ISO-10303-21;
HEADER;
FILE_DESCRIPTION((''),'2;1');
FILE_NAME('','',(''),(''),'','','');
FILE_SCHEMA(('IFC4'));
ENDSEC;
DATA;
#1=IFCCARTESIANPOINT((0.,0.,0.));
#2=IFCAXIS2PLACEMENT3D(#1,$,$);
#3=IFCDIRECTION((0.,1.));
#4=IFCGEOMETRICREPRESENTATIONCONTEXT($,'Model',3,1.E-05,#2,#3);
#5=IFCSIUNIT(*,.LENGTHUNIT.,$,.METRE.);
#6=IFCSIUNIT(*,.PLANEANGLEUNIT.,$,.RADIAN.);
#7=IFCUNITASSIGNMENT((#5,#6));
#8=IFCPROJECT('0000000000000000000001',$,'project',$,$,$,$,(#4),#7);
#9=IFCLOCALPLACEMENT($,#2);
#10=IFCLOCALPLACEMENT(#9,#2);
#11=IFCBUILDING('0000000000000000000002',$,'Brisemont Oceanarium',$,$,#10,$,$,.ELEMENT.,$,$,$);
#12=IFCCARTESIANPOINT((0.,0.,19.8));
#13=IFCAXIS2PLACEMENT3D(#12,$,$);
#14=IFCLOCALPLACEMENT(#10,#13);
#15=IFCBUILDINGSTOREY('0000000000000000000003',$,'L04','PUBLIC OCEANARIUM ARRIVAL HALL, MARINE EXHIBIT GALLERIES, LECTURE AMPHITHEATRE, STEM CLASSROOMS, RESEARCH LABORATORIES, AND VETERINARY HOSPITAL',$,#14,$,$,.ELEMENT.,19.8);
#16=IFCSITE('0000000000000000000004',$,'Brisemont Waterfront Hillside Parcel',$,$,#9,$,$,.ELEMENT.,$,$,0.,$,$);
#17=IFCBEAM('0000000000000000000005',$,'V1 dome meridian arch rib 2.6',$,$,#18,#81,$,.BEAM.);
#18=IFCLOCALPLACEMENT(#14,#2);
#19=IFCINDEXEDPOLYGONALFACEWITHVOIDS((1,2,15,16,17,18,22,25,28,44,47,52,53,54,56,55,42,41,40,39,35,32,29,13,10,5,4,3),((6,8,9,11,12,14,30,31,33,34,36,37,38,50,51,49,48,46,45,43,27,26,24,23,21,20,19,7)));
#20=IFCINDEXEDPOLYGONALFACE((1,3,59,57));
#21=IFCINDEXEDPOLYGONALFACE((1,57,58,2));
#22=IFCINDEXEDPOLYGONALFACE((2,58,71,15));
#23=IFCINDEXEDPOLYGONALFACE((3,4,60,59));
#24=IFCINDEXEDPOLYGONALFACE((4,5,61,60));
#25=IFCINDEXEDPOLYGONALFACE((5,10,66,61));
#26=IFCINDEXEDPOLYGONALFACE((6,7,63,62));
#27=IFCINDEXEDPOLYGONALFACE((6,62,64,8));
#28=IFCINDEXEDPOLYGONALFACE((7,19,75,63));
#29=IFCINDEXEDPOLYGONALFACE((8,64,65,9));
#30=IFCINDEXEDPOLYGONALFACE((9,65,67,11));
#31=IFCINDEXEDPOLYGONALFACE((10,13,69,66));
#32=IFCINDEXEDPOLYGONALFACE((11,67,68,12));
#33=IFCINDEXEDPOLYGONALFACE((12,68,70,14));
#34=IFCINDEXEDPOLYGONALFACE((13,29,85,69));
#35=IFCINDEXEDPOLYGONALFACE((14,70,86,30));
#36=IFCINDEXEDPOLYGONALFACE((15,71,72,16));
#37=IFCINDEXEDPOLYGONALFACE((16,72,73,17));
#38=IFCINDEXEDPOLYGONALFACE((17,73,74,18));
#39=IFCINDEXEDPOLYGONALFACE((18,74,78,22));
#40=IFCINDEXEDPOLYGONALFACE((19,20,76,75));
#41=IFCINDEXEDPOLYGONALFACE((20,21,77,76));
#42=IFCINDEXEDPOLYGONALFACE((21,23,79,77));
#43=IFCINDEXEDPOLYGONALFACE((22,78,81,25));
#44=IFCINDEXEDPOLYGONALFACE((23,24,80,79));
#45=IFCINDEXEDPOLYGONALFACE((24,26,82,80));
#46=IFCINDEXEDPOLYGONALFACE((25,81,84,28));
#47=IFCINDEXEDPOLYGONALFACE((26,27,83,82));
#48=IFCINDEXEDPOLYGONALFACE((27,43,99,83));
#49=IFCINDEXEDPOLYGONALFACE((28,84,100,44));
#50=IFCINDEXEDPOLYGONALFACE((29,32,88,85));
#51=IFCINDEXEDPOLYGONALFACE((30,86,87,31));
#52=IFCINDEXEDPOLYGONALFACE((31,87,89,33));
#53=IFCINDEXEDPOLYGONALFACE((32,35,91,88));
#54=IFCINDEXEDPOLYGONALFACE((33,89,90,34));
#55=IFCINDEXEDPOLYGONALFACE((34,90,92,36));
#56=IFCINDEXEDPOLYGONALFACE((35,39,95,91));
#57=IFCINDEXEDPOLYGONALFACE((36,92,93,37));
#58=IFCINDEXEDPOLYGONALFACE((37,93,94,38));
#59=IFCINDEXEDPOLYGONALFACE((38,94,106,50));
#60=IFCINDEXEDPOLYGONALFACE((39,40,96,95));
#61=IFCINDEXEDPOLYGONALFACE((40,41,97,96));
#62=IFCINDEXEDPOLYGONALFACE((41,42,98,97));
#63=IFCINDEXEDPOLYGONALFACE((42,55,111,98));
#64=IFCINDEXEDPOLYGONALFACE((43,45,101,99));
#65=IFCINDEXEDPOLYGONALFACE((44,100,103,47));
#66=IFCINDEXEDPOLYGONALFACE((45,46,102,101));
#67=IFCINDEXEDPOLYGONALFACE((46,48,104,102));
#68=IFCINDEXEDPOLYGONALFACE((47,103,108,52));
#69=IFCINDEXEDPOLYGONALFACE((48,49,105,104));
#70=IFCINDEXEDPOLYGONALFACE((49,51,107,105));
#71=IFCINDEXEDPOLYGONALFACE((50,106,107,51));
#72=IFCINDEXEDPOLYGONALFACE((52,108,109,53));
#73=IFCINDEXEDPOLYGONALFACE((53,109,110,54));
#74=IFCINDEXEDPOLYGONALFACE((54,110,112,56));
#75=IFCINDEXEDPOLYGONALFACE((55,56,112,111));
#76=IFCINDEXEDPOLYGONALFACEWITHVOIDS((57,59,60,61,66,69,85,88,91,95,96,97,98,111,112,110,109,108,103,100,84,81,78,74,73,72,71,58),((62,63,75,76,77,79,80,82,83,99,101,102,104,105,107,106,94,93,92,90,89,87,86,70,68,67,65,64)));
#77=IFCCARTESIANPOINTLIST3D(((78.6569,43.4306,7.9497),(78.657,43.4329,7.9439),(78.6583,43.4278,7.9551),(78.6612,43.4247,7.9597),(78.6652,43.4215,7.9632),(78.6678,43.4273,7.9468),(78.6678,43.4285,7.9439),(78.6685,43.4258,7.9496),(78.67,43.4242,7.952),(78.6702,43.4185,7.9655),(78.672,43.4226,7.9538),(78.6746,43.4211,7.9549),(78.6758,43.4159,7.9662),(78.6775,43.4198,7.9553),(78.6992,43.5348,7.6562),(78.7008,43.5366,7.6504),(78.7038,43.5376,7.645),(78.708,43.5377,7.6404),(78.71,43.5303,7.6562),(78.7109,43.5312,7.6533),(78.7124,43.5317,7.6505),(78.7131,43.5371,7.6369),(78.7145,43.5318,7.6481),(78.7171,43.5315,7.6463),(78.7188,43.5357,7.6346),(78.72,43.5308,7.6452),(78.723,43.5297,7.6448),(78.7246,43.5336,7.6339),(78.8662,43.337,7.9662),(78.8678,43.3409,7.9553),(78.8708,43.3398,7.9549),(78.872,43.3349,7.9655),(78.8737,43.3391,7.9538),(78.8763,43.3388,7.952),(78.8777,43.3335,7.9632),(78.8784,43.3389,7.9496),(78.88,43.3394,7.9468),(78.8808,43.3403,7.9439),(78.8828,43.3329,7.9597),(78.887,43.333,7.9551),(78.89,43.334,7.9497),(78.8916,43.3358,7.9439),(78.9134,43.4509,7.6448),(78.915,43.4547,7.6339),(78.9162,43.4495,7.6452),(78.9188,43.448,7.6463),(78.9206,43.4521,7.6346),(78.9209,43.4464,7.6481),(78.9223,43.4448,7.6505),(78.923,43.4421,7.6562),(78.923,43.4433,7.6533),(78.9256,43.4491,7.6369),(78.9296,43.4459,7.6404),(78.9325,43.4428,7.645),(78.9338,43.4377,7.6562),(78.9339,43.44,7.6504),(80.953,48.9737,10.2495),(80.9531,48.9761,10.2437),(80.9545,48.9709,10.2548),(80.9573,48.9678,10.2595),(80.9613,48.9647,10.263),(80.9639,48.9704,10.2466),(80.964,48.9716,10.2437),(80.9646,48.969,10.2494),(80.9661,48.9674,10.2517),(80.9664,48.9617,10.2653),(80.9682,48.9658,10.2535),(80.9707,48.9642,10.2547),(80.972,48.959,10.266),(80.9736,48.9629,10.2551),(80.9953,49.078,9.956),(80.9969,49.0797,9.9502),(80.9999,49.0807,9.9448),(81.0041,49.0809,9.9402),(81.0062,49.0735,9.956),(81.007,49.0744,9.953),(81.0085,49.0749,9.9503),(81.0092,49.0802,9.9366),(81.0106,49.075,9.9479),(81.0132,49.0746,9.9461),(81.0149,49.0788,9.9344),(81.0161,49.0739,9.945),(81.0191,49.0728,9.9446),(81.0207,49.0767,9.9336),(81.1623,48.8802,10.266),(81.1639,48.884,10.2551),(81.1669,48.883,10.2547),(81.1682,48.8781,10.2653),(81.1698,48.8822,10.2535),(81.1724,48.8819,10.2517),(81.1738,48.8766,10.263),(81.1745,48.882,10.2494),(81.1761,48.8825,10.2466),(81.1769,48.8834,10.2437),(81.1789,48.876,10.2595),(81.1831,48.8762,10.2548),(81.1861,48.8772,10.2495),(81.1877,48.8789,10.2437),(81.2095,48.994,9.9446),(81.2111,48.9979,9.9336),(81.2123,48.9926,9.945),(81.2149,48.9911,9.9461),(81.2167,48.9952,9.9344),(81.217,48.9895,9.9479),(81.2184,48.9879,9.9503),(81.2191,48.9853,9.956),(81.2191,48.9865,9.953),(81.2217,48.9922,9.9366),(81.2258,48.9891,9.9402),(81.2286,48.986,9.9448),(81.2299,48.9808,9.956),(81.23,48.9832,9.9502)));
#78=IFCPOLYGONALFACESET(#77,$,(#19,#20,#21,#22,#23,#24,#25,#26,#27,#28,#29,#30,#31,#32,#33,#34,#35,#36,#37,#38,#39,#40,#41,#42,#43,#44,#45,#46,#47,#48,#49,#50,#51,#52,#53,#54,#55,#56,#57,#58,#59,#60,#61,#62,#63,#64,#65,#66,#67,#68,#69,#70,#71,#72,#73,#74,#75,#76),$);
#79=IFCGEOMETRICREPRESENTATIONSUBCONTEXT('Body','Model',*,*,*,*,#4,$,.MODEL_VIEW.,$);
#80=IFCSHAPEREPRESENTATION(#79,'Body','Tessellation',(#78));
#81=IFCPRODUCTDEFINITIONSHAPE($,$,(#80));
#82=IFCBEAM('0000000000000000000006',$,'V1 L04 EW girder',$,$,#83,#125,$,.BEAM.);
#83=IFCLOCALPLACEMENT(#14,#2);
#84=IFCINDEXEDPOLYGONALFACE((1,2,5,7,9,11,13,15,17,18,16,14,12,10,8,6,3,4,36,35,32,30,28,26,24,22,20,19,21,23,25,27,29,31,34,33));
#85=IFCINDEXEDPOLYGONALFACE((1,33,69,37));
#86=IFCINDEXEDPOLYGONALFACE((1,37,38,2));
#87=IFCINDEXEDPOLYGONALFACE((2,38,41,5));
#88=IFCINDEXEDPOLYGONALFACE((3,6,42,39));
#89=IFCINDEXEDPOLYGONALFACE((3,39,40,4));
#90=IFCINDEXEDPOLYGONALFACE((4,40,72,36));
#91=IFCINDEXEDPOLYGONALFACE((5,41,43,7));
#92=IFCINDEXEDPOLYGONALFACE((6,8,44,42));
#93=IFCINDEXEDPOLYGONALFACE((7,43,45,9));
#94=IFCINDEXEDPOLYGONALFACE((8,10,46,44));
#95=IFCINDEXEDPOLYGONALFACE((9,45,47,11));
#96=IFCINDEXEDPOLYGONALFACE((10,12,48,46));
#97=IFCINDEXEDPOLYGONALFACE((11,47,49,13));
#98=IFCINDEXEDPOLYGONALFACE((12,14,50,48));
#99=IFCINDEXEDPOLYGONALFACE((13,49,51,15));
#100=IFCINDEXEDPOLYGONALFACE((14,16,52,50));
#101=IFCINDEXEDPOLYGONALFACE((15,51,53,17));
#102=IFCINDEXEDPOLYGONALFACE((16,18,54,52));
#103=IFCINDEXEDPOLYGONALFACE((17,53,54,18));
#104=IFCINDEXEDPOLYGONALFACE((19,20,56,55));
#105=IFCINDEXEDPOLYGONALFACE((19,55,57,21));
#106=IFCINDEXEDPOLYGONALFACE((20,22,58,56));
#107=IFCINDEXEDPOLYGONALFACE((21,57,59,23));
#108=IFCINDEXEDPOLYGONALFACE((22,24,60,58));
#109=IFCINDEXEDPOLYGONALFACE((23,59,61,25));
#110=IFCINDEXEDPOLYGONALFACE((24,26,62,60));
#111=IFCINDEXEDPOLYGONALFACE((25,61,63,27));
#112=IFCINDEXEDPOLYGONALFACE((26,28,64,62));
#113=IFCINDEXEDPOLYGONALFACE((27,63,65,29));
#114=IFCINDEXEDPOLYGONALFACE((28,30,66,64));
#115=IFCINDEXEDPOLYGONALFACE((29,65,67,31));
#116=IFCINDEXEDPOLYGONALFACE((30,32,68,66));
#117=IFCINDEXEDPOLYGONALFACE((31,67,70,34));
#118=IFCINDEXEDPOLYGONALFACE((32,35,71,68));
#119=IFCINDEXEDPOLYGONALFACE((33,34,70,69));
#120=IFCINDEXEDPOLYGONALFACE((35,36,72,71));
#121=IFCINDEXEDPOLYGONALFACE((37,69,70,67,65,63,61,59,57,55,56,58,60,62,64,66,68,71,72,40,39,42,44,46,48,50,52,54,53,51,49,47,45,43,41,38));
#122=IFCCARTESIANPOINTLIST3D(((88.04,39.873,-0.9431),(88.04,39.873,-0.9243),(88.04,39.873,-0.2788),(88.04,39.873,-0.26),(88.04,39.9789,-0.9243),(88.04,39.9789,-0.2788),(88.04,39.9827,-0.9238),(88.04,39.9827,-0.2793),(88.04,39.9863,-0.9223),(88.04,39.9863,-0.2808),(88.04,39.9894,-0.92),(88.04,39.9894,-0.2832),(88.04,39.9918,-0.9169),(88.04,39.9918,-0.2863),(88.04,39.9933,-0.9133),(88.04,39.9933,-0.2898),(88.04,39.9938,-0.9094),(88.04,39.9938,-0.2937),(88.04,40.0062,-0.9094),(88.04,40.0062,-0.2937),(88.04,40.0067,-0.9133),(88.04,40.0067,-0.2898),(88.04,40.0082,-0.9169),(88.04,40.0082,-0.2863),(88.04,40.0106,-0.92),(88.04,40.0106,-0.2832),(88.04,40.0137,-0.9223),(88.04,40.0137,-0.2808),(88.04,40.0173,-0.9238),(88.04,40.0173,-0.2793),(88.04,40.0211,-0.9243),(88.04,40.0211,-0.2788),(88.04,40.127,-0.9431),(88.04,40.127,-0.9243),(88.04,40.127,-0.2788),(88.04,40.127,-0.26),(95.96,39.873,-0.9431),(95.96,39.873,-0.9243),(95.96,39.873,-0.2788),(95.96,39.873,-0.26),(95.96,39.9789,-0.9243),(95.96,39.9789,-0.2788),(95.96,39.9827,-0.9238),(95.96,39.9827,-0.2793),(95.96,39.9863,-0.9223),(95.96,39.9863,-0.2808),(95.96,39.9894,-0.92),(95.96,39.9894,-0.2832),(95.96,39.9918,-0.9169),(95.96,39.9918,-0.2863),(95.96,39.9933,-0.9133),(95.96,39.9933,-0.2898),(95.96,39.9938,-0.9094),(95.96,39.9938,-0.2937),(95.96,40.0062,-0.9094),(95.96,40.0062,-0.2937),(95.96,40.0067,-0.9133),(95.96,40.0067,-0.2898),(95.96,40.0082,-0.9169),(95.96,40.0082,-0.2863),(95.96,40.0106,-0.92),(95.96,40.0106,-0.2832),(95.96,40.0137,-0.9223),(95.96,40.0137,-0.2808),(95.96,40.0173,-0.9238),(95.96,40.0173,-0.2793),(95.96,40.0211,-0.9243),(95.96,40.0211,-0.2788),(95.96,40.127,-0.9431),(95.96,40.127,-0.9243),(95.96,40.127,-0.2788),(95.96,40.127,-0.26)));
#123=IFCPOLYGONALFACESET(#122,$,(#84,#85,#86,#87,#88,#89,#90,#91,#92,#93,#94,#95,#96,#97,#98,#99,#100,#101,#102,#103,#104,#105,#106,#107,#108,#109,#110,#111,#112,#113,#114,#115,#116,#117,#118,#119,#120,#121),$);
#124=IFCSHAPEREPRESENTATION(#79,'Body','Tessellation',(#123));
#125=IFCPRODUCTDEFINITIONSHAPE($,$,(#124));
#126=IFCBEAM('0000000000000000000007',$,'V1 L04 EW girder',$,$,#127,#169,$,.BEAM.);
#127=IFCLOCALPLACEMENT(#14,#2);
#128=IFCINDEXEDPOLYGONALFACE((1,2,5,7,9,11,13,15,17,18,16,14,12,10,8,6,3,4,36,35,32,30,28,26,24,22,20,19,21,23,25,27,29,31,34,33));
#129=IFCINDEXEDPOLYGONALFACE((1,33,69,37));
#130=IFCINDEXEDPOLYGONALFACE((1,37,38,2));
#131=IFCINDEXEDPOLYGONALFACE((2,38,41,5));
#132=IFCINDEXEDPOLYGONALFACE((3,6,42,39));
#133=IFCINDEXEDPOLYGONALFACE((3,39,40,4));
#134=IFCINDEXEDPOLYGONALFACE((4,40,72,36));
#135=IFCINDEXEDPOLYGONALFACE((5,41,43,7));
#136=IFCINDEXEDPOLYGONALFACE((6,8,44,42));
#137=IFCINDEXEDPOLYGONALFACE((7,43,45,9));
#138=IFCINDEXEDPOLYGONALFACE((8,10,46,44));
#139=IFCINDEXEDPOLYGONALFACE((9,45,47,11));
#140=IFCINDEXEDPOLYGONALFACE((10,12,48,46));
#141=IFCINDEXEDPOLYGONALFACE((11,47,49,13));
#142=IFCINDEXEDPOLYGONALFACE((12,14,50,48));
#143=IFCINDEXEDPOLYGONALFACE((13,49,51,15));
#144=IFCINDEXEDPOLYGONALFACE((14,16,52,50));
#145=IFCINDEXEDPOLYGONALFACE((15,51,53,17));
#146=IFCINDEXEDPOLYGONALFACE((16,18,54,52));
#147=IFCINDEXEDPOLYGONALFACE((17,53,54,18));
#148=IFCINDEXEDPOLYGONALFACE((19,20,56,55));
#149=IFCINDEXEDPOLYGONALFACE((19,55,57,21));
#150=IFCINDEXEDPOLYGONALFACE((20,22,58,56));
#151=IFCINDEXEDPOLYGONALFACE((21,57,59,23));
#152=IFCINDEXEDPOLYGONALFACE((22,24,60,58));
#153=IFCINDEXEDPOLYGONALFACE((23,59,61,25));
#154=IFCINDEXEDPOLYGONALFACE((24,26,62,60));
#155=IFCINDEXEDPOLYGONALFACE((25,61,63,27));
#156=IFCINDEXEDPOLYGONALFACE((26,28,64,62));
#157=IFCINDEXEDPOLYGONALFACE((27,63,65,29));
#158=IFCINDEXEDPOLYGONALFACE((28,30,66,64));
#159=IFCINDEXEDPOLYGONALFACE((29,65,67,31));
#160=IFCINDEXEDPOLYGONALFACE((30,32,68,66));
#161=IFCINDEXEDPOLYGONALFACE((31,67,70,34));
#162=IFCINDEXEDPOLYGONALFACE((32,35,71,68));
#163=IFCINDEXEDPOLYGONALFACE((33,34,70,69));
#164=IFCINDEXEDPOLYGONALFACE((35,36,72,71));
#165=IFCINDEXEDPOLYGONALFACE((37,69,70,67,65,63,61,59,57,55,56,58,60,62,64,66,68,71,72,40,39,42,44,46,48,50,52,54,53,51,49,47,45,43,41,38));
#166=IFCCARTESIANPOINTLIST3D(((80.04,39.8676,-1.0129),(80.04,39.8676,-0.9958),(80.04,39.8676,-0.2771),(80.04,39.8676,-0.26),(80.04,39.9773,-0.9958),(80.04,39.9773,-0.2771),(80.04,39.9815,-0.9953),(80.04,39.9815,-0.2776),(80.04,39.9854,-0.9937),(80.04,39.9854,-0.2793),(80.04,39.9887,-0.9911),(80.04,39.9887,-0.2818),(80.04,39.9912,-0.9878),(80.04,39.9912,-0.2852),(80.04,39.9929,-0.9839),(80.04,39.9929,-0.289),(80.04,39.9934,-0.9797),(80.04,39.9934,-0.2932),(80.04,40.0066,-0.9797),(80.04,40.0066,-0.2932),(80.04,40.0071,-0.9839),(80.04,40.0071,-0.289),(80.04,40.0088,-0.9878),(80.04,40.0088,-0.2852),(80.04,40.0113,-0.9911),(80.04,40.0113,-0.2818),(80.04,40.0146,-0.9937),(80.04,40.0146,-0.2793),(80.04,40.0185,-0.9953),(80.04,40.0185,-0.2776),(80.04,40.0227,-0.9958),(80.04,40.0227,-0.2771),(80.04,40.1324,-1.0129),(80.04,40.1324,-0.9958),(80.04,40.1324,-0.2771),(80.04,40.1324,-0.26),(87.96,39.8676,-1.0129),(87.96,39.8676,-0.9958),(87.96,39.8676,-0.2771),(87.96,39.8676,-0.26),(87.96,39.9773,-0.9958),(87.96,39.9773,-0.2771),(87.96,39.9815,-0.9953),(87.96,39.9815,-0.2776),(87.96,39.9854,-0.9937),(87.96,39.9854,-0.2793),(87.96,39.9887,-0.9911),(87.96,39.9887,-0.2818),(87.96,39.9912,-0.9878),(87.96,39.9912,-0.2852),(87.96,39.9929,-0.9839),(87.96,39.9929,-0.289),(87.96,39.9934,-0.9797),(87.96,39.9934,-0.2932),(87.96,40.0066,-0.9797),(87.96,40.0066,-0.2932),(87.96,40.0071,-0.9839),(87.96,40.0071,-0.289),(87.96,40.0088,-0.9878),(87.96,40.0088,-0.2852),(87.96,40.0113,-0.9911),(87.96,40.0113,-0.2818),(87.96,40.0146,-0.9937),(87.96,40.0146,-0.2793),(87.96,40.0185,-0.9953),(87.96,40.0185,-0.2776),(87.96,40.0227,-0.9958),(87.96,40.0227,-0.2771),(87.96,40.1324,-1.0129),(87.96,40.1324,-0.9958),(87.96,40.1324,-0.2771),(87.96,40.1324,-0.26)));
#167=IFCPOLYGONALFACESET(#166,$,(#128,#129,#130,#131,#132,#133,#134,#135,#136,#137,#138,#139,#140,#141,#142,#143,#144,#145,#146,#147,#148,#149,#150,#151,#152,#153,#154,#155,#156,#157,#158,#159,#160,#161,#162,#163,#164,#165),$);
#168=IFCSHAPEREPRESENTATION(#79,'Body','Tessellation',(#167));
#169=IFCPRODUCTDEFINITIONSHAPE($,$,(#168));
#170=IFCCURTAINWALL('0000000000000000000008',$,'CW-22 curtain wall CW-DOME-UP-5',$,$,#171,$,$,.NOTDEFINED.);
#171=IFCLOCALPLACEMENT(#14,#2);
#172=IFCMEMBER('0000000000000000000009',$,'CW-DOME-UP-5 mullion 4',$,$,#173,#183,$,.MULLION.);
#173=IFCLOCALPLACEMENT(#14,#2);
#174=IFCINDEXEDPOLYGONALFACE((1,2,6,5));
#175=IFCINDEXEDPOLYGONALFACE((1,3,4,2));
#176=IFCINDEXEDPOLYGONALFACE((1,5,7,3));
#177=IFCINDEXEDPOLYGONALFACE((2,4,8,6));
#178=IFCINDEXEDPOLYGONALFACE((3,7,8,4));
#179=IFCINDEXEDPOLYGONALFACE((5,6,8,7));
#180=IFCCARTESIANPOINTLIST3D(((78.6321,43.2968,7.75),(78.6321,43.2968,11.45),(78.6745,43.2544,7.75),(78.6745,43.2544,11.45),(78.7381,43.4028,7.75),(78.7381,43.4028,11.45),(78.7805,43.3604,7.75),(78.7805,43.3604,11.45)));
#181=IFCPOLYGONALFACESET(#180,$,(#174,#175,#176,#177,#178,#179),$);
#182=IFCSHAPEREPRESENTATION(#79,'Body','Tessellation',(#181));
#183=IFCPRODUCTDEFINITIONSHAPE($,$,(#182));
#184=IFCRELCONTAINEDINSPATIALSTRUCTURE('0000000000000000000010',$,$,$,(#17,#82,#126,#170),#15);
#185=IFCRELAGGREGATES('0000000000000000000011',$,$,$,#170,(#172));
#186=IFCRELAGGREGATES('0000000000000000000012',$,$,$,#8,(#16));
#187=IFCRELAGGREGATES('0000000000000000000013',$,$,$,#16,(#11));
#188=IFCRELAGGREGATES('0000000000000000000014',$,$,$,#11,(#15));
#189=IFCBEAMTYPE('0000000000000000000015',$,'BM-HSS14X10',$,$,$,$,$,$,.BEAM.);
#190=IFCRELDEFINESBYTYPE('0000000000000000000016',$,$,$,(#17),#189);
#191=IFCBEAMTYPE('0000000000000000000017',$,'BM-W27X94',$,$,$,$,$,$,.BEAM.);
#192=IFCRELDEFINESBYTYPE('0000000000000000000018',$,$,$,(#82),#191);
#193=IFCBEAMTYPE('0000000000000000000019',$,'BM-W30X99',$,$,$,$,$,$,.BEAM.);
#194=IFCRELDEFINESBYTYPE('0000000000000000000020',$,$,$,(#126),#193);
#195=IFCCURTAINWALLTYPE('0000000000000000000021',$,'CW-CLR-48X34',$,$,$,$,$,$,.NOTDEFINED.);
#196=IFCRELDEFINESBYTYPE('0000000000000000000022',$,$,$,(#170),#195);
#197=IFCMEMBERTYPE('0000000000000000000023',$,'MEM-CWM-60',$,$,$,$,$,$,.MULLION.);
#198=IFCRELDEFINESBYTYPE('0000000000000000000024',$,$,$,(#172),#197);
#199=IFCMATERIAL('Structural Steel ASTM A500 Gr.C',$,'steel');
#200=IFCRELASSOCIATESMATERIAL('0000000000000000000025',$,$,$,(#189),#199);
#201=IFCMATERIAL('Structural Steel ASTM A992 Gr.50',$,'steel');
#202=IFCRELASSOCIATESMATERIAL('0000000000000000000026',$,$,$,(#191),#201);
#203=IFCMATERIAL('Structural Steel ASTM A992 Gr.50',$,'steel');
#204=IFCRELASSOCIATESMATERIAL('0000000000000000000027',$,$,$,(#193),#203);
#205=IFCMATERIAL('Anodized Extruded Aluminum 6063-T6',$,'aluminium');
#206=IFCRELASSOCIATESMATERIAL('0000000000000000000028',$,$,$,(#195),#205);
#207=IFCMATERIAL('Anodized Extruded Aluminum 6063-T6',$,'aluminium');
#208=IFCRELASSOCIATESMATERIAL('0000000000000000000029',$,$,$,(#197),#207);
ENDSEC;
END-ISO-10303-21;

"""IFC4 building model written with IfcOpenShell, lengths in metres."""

from ifc_helpers import new_model, si_unit, direction, frame, origin, origin_2d, place, context, subcontext, project, spatial, rectangle, hollow_rectangle, i_section, extrude, material, material_profile, profile_set, type_object, element, aggregate, save


model = new_model("IFC4")

# Units and contexts
model_context = context("Model", 3, precision=1e-05, world=origin(), true_north=direction((0.0, 1.0)))
body_context = subcontext(model_context, "Body", "Model", "MODEL_VIEW")
ifc_project = project(units=[si_unit("LENGTHUNIT", "METRE"), si_unit("PLANEANGLEUNIT", "RADIAN")], contexts=[model_context])

# Site, building, storey
site_placement = place(None, origin())
site = spatial("IfcSite", under=ifc_project, at=site_placement, Name="Brisemont Waterfront Hillside Parcel", CompositionType="ELEMENT", RefElevation=0.0)
building_placement = place(site_placement, origin())
building = spatial("IfcBuilding", under=site, at=building_placement, Name="Brisemont Oceanarium", CompositionType="ELEMENT")
storey_placement = place(building_placement, frame((0.0, 0.0, 19.8)))
storey = spatial("IfcBuildingStorey", under=building, at=storey_placement, Name="L04", Description="PUBLIC OCEANARIUM ARRIVAL HALL, MARINE EXHIBIT GALLERIES, LECTURE AMPHITHEATRE, STEM CLASSROOMS, RESEARCH LABORATORIES, AND VETERINARY HOSPITAL", CompositionType="ELEMENT", Elevation=19.8)

# Beams
ifc_material_1 = material(Name="Structural Steel ASTM A500 Gr.C", Category="steel")
ifc_material_profile_1 = material_profile(ifc_material_1, hollow_rectangle(XDim=0.2539, YDim=0.356, WallThickness=0.0117, InnerFilletRadius=0.0122, OuterFilletRadius=0.0239, at=origin_2d()), Name="HSS14X10X1/2")
ifc_profile_set_1 = profile_set([ifc_material_profile_1], Name="Structural Steel ASTM A500 Gr.C")
beam_type_1 = type_object("IfcBeamType", Name="BM-HSS14X10", PredefinedType="BEAM", material=ifc_profile_set_1)
beam_1_placement = place(storey_placement, frame((78.7954, 43.4353, 7.8), z_axis=(0.357342, 0.862674, 0.357912), x_axis=(-0.923875, 0.382693, 0.0)))
element("IfcBeam", 1, at=beam_1_placement, inside=storey, type_object=beam_type_1, Name="V1 dome meridian arch rib 2.6", PredefinedType="BEAM", context=body_context, shape_type="SweptSolid", body=[
    extrude(hollow_rectangle(XDim=0.2539, YDim=0.356, WallThickness=0.0117, InnerFilletRadius=0.0122, OuterFilletRadius=0.0239, at=origin_2d()), origin(), (0.0, 0.0, 1.0), 6.4255),
])
ifc_material_2 = material(Name="Structural Steel ASTM A992 Gr.50", Category="steel")
ifc_material_profile_2 = material_profile(ifc_material_2, i_section(OverallWidth=0.2539, OverallDepth=0.6831, WebThickness=0.0125, FlangeThickness=0.0188, FilletRadius=0.0149, at=origin_2d()), Name="W27X94")
ifc_profile_set_2 = profile_set([ifc_material_profile_2], Name="Structural Steel ASTM A992 Gr.50")
beam_type_2 = type_object("IfcBeamType", Name="BM-W27X94", PredefinedType="BEAM", material=ifc_profile_set_2)
beam_2_placement = place(storey_placement, frame((88.04, 40.0, -0.6016), z_axis=(1.0, 0.0, 0.0), x_axis=(0.0, 1.0, 0.0)))
element("IfcBeam", 2, at=beam_2_placement, inside=storey, type_object=beam_type_2, Name="V1 L04 EW girder", PredefinedType="BEAM", context=body_context, shape_type="SweptSolid", body=[
    extrude(i_section(OverallWidth=0.2539, OverallDepth=0.6831, WebThickness=0.0125, FlangeThickness=0.0188, FilletRadius=0.0149, at=origin_2d()), origin(), (0.0, 0.0, 1.0), 7.9199),
])
ifc_material_3 = material(Name="Structural Steel ASTM A992 Gr.50", Category="steel")
ifc_material_profile_3 = material_profile(ifc_material_3, i_section(OverallWidth=0.2649, OverallDepth=0.7529, WebThickness=0.0132, FlangeThickness=0.0171, FilletRadius=0.0161, at=origin_2d()), Name="W30X99")
ifc_profile_set_3 = profile_set([ifc_material_profile_3], Name="Structural Steel ASTM A992 Gr.50")
beam_type_3 = type_object("IfcBeamType", Name="BM-W30X99", PredefinedType="BEAM", material=ifc_profile_set_3)
beam_3_placement = place(storey_placement, frame((80.04, 40.0, -0.6365), z_axis=(1.0, 0.0, 0.0), x_axis=(0.0, 1.0, 0.0)))
element("IfcBeam", 3, at=beam_3_placement, inside=storey, type_object=beam_type_3, Name="V1 L04 EW girder", PredefinedType="BEAM", context=body_context, shape_type="SweptSolid", body=[
    extrude(i_section(OverallWidth=0.2649, OverallDepth=0.7529, WebThickness=0.0132, FlangeThickness=0.0171, FilletRadius=0.0161, at=origin_2d()), origin(), (0.0, 0.0, 1.0), 7.9199),
])

# Curtain wall, member
ifc_material_4 = material(Name="Anodized Extruded Aluminum 6063-T6", Category="aluminium")
curtain_wall_type = type_object("IfcCurtainWallType", Name="CW-CLR-48X34", PredefinedType="NOTDEFINED", material=ifc_material_4)
curtain_wall_1_placement = place(storey_placement, origin())
curtain_wall_1 = element("IfcCurtainWall", 4, at=curtain_wall_1_placement, inside=storey, type_object=curtain_wall_type, Name="CW-22 curtain wall CW-DOME-UP-5", PredefinedType="NOTDEFINED")
ifc_material_5 = material(Name="Anodized Extruded Aluminum 6063-T6", Category="aluminium")
ifc_material_profile_4 = material_profile(ifc_material_5, rectangle(XDim=0.0601, YDim=0.1499, at=origin_2d()), Name="CWM-60X150")
ifc_profile_set_4 = profile_set([ifc_material_profile_4], Name="Anodized Extruded Aluminum 6063-T6")
member_type_1 = type_object("IfcMemberType", Name="MEM-CWM-60", PredefinedType="MULLION", material=ifc_profile_set_4)
member_1_placement = place(storey_placement, frame((78.7063, 43.3286, 7.75), z_axis=(0.0, 0.0, 1.0), x_axis=(0.707107, -0.707107, 0.0)))
member_1 = element("IfcMember", 5, at=member_1_placement, type_object=member_type_1, Name="CW-DOME-UP-5 mullion 4", PredefinedType="MULLION", context=body_context, shape_type="SweptSolid", body=[
    extrude(rectangle(XDim=0.0601, YDim=0.1499, at=origin_2d()), origin(), (0.0, 0.0, 1.0), 3.7),
])

aggregate(curtain_wall_1, [member_1])

save(model, "model.ifc")
